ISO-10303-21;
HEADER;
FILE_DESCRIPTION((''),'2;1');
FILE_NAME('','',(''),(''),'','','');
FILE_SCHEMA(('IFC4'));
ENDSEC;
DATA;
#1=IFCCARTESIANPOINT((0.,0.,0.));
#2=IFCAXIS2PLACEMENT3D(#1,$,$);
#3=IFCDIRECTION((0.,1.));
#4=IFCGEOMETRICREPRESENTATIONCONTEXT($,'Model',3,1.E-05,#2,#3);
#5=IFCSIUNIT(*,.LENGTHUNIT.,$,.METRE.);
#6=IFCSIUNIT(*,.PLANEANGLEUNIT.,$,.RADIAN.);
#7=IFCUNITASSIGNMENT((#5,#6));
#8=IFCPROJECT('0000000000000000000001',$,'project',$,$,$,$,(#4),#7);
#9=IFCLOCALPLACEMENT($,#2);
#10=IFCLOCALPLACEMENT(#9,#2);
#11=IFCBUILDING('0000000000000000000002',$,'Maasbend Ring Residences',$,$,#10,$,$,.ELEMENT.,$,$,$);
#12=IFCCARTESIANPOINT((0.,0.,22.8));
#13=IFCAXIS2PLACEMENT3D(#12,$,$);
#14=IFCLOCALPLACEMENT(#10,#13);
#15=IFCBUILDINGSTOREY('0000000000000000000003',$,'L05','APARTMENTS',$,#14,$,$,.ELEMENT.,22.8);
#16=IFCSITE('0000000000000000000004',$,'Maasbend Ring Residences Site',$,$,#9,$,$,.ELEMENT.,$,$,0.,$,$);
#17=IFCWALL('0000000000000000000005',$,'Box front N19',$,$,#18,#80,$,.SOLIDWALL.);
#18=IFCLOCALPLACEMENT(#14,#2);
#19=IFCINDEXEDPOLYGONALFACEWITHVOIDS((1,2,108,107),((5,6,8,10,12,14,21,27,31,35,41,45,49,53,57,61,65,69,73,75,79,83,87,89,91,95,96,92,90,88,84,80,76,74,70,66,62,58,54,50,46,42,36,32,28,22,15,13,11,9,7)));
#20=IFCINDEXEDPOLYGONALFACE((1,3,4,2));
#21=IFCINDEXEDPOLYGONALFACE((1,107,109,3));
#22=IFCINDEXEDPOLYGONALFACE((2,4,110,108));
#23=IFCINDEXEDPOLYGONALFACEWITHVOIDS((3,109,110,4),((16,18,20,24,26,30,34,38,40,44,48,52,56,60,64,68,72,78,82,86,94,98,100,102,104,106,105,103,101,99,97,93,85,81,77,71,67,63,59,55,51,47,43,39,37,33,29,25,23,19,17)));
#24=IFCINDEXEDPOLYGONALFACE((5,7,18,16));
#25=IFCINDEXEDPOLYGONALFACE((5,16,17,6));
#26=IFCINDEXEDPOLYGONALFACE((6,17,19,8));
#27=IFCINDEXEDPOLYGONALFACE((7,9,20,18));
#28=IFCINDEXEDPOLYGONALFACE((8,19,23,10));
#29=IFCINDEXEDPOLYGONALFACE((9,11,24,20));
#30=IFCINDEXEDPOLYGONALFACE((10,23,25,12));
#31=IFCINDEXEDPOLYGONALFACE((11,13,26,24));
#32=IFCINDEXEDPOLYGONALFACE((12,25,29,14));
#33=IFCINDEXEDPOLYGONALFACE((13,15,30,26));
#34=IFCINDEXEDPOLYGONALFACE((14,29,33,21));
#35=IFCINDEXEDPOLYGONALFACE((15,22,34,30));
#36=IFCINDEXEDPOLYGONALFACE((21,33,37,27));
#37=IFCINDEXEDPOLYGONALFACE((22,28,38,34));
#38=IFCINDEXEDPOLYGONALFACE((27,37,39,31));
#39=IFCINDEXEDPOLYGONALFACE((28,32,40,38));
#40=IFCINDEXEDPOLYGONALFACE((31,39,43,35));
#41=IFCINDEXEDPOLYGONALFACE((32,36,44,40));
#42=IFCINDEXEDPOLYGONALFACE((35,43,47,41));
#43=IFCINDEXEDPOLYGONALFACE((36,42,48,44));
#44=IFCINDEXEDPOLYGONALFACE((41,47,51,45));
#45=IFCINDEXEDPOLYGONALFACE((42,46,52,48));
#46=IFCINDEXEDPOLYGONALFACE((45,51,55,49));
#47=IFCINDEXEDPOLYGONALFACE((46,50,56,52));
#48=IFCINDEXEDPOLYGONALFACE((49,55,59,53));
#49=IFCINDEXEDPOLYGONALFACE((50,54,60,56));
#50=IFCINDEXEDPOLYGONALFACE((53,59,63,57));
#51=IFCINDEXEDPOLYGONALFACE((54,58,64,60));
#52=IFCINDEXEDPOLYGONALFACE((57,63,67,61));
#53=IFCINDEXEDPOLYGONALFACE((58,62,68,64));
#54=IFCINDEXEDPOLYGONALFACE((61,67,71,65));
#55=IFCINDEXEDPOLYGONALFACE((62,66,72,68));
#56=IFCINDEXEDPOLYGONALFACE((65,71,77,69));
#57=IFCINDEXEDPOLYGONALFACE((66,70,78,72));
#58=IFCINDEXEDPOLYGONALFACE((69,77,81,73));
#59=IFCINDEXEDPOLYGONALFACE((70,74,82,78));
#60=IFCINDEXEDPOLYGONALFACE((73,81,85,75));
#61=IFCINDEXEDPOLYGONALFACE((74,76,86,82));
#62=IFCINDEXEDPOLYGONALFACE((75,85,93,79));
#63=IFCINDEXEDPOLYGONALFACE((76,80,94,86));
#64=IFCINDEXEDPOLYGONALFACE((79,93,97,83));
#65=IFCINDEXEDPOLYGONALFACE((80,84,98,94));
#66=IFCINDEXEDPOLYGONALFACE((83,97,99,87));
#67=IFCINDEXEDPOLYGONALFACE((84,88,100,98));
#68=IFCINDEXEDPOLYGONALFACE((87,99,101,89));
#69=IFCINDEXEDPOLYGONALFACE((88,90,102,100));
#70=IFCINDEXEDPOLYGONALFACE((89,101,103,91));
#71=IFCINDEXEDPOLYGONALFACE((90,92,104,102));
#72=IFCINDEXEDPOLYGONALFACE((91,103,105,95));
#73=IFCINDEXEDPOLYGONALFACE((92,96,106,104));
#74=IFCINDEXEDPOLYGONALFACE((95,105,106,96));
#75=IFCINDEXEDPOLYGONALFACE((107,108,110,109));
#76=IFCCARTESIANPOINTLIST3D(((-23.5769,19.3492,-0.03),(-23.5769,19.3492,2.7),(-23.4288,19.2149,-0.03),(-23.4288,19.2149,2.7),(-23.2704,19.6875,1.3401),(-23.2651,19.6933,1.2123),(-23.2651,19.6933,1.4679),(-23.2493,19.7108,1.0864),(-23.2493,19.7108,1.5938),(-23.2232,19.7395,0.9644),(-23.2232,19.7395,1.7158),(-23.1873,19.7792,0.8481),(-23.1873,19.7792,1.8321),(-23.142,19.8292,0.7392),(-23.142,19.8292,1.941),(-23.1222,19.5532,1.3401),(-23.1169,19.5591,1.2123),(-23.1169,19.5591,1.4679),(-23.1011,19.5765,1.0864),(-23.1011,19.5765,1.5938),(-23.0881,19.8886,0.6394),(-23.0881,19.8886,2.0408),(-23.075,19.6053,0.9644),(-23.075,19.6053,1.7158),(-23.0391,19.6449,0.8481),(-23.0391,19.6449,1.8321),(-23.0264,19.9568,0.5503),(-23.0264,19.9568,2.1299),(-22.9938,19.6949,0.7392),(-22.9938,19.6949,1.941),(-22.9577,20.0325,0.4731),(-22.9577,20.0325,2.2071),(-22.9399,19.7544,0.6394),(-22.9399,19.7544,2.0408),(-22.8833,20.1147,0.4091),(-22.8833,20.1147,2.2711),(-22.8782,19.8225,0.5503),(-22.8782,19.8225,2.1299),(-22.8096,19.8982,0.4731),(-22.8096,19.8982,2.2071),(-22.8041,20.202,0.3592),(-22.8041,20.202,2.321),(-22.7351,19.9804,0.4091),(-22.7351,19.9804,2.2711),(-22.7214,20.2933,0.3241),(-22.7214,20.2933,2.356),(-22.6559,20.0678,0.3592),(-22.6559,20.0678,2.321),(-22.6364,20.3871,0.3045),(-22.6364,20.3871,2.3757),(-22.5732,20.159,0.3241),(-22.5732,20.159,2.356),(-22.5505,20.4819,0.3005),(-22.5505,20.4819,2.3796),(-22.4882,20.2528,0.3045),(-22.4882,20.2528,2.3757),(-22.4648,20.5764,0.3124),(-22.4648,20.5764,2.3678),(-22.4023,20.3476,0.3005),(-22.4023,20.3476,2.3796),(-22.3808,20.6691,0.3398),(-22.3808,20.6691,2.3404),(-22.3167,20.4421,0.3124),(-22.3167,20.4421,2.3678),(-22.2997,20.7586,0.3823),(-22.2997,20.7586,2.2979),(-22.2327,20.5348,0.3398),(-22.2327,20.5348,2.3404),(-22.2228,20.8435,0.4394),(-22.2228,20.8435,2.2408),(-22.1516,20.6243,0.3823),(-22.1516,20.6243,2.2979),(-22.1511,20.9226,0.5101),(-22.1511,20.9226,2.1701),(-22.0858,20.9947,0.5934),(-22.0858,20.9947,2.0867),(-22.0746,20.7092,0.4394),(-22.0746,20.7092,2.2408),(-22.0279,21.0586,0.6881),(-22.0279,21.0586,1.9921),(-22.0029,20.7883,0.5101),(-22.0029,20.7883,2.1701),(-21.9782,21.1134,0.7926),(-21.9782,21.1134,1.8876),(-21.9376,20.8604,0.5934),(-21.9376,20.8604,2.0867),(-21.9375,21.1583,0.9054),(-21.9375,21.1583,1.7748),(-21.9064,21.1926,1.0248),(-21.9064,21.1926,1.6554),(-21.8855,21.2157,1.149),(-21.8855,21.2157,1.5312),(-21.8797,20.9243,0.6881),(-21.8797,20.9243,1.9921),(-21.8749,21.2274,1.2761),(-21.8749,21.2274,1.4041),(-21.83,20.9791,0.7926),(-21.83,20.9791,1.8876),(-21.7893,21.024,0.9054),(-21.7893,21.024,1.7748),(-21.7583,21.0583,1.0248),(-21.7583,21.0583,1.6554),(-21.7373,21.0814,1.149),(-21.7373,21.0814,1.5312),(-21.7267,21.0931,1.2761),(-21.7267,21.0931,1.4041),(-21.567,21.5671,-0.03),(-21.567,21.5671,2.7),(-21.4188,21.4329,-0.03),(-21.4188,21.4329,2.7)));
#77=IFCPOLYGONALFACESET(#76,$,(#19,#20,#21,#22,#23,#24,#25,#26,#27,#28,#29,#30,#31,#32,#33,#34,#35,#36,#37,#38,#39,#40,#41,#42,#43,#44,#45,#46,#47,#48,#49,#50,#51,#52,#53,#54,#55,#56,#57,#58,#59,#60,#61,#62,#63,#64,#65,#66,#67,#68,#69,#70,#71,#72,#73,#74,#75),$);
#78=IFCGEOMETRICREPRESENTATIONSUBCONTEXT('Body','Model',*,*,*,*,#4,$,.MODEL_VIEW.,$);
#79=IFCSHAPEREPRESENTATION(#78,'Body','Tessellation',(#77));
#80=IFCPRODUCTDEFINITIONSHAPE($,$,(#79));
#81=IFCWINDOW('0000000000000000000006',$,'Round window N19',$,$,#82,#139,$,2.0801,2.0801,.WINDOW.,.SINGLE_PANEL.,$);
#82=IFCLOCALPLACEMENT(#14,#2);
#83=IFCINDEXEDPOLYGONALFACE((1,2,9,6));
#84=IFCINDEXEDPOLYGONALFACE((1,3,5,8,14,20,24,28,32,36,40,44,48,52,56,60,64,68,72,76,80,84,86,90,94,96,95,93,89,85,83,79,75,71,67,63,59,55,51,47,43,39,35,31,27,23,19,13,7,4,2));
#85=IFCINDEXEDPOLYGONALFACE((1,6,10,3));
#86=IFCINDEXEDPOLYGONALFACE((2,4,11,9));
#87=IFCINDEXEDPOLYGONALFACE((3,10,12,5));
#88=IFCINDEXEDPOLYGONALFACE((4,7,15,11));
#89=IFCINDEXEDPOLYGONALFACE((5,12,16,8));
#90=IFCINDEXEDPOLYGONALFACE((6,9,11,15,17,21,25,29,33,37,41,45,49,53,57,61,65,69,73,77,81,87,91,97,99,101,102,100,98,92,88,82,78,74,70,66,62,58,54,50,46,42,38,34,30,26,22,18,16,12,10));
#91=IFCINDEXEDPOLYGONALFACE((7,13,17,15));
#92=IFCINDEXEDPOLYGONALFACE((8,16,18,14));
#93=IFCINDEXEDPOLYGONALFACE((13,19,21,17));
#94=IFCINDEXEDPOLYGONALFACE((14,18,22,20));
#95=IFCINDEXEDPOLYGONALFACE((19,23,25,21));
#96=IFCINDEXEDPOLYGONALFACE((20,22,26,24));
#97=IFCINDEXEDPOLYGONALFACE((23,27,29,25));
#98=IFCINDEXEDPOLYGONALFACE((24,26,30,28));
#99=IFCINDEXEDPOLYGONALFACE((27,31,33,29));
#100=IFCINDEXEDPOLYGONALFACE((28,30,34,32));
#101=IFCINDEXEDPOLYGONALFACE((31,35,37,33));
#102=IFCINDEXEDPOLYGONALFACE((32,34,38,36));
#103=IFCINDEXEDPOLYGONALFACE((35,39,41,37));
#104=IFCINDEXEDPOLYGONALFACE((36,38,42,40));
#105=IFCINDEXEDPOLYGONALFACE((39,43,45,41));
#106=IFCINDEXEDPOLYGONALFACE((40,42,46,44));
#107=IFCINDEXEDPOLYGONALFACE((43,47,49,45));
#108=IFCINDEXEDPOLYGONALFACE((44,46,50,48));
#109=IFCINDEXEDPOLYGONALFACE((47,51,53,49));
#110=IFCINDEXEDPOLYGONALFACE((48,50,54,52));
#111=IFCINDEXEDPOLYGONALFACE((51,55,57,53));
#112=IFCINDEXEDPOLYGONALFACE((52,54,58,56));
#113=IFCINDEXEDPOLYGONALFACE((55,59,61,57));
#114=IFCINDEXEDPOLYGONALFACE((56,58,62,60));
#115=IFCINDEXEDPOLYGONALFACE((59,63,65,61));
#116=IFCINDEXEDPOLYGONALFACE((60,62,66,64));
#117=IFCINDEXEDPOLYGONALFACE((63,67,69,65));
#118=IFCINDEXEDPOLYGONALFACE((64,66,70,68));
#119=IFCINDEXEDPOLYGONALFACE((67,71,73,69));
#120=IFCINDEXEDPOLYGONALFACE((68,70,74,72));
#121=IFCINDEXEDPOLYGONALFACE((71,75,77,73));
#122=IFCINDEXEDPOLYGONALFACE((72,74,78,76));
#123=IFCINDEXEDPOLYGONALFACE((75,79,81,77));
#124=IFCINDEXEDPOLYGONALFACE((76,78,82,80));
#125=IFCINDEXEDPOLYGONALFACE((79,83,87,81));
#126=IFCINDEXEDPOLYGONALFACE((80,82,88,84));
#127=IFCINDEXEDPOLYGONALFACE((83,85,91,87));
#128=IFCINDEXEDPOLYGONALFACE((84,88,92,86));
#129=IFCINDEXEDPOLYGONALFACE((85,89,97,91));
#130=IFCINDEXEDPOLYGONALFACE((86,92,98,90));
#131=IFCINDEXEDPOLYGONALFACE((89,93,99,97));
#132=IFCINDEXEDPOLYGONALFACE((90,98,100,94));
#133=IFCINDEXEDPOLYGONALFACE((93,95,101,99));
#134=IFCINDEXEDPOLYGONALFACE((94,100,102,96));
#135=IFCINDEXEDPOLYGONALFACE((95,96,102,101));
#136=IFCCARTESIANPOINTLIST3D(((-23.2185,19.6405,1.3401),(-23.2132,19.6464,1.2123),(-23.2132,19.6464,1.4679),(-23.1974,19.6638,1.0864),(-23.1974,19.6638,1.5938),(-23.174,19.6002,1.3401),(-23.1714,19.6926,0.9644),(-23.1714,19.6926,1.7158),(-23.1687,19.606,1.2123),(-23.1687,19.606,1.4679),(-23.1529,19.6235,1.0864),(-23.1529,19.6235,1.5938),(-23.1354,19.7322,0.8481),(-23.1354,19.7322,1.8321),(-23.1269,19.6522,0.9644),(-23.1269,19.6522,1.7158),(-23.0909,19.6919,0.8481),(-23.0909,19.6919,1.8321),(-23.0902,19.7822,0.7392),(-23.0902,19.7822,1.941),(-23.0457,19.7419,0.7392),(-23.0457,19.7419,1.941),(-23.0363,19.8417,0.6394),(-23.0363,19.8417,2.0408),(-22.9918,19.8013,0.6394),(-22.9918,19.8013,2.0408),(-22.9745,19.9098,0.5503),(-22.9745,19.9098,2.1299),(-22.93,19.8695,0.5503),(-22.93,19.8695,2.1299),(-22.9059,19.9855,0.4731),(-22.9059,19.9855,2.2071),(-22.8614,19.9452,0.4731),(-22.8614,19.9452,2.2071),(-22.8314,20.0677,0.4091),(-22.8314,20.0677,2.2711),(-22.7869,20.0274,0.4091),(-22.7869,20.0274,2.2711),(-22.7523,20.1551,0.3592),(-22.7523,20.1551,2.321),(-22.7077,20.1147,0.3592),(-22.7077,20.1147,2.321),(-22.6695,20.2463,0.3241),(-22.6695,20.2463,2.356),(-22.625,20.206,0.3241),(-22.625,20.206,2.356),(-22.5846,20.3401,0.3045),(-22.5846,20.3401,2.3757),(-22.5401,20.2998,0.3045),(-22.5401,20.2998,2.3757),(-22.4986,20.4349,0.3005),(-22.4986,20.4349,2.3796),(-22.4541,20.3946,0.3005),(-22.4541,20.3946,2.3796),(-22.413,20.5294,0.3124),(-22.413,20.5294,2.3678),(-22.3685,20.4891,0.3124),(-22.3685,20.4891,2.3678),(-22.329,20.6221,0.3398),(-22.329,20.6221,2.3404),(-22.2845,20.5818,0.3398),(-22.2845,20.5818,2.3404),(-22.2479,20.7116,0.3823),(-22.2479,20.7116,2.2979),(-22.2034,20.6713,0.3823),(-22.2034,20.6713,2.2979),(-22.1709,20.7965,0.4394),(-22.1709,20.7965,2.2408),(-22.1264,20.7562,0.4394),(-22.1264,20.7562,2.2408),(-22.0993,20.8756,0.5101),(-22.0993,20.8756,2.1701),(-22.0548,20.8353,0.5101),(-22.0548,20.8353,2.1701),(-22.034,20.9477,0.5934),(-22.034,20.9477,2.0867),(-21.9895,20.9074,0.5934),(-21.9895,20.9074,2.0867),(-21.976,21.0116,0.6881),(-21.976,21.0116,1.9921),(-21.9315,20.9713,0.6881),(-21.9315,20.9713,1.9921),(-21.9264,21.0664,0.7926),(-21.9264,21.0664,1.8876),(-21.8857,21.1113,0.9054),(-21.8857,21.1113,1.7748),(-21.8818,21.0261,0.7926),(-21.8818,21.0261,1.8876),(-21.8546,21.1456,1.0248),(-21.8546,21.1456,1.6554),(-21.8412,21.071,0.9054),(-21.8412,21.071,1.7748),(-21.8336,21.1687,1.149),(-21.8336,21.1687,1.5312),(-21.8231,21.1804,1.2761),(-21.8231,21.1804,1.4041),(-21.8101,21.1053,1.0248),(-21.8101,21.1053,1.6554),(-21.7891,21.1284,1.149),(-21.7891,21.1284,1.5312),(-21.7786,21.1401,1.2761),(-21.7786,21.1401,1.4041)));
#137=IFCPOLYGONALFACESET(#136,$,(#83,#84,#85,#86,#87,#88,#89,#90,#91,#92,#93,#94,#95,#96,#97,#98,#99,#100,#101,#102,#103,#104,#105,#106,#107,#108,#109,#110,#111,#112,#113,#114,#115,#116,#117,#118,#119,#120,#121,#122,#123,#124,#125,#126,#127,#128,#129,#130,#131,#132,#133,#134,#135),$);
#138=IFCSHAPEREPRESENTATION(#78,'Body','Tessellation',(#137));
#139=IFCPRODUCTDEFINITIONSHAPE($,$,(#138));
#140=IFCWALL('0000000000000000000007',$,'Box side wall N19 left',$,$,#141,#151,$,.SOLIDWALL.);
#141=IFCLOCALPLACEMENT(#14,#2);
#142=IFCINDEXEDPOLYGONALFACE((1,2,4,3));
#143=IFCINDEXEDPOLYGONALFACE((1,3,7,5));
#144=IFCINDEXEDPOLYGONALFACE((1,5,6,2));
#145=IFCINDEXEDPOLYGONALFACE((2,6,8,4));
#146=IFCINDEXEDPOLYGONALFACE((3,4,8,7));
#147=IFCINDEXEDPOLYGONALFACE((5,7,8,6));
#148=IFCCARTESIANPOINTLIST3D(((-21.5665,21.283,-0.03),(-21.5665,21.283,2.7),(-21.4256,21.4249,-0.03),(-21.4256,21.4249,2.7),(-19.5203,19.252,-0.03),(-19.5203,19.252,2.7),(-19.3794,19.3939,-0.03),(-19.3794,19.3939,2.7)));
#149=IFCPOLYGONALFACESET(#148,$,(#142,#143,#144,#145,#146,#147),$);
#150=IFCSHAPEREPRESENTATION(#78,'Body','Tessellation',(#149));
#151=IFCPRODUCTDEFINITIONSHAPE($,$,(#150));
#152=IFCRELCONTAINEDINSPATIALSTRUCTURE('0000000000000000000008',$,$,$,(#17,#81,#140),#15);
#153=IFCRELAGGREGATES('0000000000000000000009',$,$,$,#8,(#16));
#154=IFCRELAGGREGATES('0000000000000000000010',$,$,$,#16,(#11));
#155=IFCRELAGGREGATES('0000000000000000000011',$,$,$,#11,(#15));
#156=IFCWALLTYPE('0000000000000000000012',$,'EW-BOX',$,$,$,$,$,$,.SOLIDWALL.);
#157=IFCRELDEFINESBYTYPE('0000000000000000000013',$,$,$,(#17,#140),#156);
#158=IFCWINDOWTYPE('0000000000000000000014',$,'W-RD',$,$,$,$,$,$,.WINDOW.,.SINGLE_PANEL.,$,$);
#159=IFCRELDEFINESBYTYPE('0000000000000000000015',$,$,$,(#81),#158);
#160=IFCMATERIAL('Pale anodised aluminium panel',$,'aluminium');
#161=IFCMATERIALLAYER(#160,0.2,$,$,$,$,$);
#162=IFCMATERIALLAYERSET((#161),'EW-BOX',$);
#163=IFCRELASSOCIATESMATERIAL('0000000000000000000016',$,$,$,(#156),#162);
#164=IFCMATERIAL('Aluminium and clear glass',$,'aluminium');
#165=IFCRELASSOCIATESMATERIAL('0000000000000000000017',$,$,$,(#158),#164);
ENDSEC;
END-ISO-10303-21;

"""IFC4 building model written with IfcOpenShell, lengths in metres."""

from ifc_helpers import new_model, si_unit, direction, frame, frame_2d, origin, place, context, subcontext, project, spatial, rectangle, circle, extrude, material, layer, layer_set, type_object, element, fill, save


model = new_model("IFC4")

# Units and contexts
model_context = context("Model", 3, precision=1e-05, world=origin(), true_north=direction((0.0, 1.0)))
body_context = subcontext(model_context, "Body", "Model", "MODEL_VIEW")
ifc_project = project(units=[si_unit("LENGTHUNIT", "METRE"), si_unit("PLANEANGLEUNIT", "RADIAN")], contexts=[model_context])

# Site, building, storey
site_placement = place(None, origin())
site = spatial("IfcSite", under=ifc_project, at=site_placement, Name="Maasbend Ring Residences Site", CompositionType="ELEMENT", RefElevation=0.0)
building_placement = place(site_placement, origin())
building = spatial("IfcBuilding", under=site, at=building_placement, Name="Maasbend Ring Residences", CompositionType="ELEMENT")
storey_placement = place(building_placement, frame((0.0, 0.0, 22.8)))
storey = spatial("IfcBuildingStorey", under=building, at=storey_placement, Name="L05", Description="APARTMENTS", CompositionType="ELEMENT", Elevation=22.8)

# Shared definitions
ifc_material_1 = material(Name="Pale anodised aluminium panel", Category="aluminium")
ifc_layer_1 = layer(ifc_material_1, 0.2)
ifc_layer_set_1 = layer_set([ifc_layer_1], Name="EW-BOX")
wall_type_1 = type_object("IfcWallType", Name="EW-BOX", PredefinedType="SOLIDWALL", material=ifc_layer_set_1)
ifc_material_2 = material(Name="Aluminium and clear glass", Category="aluminium")
window_type_1 = type_object("IfcWindowType", Name="W-RD", PartitioningType="SINGLE_PANEL", PredefinedType="WINDOW", material=ifc_material_2)

# Wall, opening, window
wall_1_placement = place(storey_placement, frame((-21.4929, 21.5, -0.03), z_axis=(0.0, 0.0, 1.0), x_axis=(-0.671507, -0.740998, 0.0)))
wall_1 = element("IfcWall", 1, at=wall_1_placement, inside=storey, type_object=wall_type_1, Name="Box front N19", PredefinedType="SOLIDWALL", context=body_context, shape_type="SweptSolid", body=[
    extrude(rectangle(XDim=2.9932, YDim=0.2, at=frame_2d((1.4966, 0.0))), origin(), (0.0, 0.0, 1.0), 2.73),
])
opening_1_placement = place(wall_1_placement, frame((0.4565, 0.0, 0.3301)))
opening_1 = element("IfcOpeningElement", 2, at=opening_1_placement, cuts=wall_1, PredefinedType="OPENING", context=body_context, shape_type="SweptSolid", body=[
    extrude(circle(Radius=1.04, at=frame_2d((1.04, 1.04))), frame((0.0, 0.1099, 0.0), z_axis=(0.0, -1.0, 0.0), x_axis=(1.0, 0.0, 0.0)), (0.0, 0.0, 1.0), 0.22),
])
window_1_placement = place(opening_1_placement, origin())
window_1 = element("IfcWindow", 3, at=window_1_placement, inside=storey, type_object=window_type_1, Name="Round window N19", OverallHeight=2.0801, OverallWidth=2.0801, PartitioningType="SINGLE_PANEL", PredefinedType="WINDOW", context=body_context, shape_type="SweptSolid", body=[
    extrude(circle(Radius=1.04, at=frame_2d((1.04, 1.04))), frame((0.0, 0.03, 0.0), z_axis=(0.0, -1.0, 0.0), x_axis=(1.0, 0.0, 0.0)), (0.0, 0.0, 1.0), 0.0601),
])
fill(opening_1, window_1)

# Wall
wall_2_placement = place(storey_placement, frame((-19.45, 19.323, -0.03), z_axis=(0.0, 0.0, 1.0), x_axis=(-0.709727, 0.704477, 0.0)))
element("IfcWall", 4, at=wall_2_placement, inside=storey, type_object=wall_type_1, Name="Box side wall N19 left", PredefinedType="SOLIDWALL", context=body_context, shape_type="SweptSolid", body=[
    extrude(rectangle(XDim=2.8831, YDim=0.2, at=frame_2d((1.4414, 0.0))), origin(), (0.0, 0.0, 1.0), 2.73),
])

save(model, "model.ifc")
